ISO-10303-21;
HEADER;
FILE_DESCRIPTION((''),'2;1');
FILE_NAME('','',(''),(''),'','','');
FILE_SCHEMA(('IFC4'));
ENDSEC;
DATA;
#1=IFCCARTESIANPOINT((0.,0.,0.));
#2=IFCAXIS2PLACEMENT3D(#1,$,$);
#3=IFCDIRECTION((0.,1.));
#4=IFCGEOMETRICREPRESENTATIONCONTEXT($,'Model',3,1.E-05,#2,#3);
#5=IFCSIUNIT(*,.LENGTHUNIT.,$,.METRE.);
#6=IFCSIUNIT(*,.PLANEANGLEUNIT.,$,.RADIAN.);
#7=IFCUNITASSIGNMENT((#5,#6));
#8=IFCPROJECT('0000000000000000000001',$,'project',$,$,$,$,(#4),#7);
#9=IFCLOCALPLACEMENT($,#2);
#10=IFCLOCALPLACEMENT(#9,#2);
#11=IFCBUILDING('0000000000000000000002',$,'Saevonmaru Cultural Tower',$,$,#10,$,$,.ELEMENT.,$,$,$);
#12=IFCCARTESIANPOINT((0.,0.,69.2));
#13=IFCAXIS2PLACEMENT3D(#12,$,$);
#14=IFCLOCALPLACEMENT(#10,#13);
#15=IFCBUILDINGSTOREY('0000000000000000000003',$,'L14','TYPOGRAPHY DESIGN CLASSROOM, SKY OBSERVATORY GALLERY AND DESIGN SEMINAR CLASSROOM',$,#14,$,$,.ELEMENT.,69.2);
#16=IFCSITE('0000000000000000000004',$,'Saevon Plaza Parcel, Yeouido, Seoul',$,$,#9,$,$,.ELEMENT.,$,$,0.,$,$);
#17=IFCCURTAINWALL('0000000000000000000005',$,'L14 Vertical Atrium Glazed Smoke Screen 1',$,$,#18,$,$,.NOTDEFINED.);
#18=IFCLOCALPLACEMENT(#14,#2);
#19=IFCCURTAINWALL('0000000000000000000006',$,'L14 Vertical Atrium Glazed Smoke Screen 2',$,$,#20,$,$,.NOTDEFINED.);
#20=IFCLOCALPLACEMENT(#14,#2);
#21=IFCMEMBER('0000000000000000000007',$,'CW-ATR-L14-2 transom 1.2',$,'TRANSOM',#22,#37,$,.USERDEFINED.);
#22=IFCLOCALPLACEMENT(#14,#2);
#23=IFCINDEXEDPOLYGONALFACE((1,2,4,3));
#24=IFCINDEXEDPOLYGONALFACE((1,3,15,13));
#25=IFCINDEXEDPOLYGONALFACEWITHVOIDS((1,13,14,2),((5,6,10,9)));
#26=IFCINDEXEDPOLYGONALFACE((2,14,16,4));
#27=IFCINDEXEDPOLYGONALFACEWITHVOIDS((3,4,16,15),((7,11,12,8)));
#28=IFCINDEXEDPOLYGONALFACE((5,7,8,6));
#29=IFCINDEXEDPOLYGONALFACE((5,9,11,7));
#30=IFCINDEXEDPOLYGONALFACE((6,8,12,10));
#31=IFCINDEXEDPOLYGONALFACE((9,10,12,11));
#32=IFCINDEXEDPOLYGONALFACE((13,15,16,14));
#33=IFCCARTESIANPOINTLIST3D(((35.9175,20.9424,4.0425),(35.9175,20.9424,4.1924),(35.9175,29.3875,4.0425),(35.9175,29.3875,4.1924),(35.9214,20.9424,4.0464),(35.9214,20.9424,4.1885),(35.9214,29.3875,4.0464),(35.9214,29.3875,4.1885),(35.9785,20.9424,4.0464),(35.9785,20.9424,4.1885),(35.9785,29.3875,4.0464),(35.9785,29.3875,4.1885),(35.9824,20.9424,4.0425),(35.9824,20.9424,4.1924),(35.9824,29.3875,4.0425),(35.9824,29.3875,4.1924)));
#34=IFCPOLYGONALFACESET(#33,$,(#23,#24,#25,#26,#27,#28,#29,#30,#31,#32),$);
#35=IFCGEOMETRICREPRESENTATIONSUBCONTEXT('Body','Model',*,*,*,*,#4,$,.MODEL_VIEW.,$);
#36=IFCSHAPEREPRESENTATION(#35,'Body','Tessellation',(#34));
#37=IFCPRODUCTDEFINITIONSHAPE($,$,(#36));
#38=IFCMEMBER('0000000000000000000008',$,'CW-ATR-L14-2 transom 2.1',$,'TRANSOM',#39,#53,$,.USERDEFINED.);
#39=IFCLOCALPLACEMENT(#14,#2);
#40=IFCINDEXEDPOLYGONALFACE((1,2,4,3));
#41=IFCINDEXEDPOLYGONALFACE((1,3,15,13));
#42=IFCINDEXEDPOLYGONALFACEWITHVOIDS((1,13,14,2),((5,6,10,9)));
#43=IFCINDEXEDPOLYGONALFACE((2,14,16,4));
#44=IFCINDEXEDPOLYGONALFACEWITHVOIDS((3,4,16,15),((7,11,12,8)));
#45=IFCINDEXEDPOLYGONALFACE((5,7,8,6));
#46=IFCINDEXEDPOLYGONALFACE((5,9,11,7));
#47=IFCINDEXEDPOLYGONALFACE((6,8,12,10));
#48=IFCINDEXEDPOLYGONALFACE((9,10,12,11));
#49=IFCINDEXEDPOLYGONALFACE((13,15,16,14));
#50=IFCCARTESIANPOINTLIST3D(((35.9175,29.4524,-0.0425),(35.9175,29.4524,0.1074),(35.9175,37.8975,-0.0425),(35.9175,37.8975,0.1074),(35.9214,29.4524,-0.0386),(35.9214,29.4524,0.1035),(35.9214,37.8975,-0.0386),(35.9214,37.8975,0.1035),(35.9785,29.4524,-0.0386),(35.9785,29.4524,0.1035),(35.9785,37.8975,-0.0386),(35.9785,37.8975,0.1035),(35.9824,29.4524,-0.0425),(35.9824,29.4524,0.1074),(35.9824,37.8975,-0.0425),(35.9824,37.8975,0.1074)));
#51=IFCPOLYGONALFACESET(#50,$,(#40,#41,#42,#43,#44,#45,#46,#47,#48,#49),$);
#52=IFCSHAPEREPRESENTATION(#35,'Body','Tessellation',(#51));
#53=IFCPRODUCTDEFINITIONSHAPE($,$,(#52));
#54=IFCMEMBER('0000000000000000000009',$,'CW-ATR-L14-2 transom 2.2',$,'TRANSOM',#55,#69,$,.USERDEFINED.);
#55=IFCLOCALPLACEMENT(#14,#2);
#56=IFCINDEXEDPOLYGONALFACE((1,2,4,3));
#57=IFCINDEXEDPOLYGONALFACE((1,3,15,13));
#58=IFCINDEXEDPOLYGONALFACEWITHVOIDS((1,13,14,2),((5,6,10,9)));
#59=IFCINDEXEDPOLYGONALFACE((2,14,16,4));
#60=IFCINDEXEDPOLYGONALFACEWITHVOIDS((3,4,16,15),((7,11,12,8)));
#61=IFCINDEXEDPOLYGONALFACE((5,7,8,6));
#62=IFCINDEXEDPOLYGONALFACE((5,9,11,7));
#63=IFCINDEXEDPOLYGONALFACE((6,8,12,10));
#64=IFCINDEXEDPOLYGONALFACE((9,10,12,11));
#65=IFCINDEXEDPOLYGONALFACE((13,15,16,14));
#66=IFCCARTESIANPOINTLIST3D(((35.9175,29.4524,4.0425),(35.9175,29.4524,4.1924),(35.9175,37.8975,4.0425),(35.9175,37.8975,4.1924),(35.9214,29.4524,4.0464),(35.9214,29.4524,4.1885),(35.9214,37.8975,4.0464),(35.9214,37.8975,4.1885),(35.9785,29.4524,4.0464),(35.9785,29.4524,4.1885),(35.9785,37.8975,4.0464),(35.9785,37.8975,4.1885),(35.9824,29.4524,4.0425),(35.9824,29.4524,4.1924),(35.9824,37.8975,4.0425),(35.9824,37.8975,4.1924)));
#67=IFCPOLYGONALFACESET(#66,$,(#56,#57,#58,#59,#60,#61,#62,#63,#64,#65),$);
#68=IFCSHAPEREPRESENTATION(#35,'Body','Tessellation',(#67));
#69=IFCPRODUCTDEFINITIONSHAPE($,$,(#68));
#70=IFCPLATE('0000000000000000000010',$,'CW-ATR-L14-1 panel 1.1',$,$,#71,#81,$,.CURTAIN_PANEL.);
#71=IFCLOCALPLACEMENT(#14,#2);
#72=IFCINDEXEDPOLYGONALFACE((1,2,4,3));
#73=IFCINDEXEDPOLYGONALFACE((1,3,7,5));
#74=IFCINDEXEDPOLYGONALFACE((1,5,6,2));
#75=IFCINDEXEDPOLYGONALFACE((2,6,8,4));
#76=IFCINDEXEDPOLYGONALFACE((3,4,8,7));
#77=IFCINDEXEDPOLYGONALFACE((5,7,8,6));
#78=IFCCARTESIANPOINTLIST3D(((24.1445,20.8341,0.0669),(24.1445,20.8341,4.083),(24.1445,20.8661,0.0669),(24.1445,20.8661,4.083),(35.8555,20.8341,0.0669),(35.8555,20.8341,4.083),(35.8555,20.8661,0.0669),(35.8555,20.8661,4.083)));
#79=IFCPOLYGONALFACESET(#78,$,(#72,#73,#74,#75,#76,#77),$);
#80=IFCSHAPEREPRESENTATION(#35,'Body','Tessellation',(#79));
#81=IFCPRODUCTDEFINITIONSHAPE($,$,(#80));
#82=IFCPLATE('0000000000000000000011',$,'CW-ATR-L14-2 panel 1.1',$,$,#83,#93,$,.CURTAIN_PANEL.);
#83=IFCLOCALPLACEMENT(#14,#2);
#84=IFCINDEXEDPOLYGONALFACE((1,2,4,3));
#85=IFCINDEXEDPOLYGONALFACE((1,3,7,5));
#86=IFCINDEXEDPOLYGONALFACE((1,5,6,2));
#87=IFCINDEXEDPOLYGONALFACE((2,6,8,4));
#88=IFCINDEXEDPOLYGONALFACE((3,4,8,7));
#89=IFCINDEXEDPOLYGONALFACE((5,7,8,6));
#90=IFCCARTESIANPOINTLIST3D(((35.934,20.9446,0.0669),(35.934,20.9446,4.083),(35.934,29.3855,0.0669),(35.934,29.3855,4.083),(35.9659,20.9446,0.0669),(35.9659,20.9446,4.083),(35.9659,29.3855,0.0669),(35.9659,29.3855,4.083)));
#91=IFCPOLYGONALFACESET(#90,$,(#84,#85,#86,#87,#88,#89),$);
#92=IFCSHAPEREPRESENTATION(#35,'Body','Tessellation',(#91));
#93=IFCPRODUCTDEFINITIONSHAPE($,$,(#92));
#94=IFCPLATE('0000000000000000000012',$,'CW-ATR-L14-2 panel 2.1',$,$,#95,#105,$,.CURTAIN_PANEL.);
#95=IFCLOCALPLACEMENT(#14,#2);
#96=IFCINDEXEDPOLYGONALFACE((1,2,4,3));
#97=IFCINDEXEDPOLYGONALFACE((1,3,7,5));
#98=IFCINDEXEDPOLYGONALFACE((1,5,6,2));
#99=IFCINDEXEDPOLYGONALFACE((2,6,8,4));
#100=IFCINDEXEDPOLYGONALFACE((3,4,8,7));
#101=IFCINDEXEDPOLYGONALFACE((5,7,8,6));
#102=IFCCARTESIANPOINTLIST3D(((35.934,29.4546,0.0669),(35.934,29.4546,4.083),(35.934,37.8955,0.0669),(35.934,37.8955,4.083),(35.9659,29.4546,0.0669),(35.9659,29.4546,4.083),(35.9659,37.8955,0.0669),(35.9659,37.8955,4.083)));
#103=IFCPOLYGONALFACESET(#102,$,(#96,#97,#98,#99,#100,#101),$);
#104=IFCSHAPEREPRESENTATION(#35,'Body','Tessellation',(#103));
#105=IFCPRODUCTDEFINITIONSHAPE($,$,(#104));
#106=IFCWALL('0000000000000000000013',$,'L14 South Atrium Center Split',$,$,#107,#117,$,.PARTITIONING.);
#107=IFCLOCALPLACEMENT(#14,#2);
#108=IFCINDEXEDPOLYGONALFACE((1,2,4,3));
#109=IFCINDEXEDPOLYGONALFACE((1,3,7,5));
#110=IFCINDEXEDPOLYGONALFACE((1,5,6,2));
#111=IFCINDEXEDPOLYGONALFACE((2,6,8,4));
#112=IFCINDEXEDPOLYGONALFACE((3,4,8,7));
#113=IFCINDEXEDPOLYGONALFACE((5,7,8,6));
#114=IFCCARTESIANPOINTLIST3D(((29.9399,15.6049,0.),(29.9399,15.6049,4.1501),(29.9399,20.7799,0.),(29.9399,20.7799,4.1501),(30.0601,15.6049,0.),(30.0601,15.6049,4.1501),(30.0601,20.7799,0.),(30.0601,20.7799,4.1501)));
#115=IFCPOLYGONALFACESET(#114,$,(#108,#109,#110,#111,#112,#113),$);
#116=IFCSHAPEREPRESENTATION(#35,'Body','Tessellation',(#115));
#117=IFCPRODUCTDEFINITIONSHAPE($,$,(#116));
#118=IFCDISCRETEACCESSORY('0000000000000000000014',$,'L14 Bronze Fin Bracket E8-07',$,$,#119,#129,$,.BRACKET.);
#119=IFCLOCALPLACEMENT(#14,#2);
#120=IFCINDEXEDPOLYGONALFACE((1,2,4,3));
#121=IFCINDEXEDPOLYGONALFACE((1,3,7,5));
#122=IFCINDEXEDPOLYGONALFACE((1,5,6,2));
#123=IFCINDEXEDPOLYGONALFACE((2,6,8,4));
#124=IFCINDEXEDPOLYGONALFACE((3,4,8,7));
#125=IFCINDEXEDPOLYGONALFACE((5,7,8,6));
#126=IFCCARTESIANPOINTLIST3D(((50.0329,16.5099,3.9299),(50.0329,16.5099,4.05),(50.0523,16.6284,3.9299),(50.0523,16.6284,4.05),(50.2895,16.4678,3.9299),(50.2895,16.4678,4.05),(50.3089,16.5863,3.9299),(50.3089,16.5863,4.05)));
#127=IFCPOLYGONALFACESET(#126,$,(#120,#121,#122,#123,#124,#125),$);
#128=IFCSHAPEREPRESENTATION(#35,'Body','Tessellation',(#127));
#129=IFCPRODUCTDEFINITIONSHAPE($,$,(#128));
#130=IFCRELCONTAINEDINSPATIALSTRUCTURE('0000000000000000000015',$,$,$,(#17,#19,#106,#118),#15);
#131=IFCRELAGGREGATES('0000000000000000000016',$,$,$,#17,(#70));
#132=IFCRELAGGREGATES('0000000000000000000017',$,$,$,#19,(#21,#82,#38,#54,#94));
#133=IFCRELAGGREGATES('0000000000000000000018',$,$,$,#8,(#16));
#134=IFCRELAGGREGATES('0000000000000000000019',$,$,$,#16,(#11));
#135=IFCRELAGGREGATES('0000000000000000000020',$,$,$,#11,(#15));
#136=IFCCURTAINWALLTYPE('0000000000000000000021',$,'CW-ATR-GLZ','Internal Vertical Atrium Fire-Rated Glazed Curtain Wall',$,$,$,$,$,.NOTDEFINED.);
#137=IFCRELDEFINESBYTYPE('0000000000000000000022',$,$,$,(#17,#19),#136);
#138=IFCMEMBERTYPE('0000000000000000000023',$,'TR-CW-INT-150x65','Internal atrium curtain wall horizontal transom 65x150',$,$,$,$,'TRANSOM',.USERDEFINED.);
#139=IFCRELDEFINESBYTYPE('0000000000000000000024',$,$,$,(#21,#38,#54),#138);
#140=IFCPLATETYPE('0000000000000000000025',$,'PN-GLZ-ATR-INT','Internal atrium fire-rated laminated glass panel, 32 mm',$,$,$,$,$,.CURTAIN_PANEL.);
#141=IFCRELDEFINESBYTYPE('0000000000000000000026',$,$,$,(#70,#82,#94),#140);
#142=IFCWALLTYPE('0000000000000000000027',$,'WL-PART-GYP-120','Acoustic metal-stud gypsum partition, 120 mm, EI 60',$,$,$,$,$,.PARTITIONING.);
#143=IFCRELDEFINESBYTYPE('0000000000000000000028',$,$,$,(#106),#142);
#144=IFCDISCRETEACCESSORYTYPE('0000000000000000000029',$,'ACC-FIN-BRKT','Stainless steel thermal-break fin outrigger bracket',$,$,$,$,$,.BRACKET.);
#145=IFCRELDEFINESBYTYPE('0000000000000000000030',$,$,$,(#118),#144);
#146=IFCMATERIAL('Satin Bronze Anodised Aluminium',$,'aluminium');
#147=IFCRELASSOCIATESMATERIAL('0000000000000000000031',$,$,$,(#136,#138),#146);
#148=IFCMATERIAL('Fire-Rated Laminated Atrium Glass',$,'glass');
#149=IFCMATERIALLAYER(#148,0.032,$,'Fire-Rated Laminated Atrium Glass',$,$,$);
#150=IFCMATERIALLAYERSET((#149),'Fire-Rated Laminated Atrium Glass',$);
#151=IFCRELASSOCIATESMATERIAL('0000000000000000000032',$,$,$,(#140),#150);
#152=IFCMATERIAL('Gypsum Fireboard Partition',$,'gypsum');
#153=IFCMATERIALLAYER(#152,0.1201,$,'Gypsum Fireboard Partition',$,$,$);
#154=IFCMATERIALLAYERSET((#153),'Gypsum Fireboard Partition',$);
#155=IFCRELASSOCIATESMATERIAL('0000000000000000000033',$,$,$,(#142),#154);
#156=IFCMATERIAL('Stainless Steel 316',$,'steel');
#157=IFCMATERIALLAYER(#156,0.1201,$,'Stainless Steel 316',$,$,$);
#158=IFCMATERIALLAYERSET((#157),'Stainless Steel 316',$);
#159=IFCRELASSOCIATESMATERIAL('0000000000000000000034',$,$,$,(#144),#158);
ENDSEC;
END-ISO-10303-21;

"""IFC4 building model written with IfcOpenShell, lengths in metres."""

from ifc_helpers import new_model, si_unit, direction, frame, frame_2d, origin, origin_2d, place, context, subcontext, project, spatial, rectangle, hollow_rectangle, extrude, material, layer, layer_set, material_profile, profile_set, type_object, element, aggregate, save


model = new_model("IFC4")

# Units and contexts
model_context = context("Model", 3, precision=1e-05, world=origin(), true_north=direction((0.0, 1.0)))
body_context = subcontext(model_context, "Body", "Model", "MODEL_VIEW")
ifc_project = project(units=[si_unit("LENGTHUNIT", "METRE"), si_unit("PLANEANGLEUNIT", "RADIAN")], contexts=[model_context])

# Site, building, storey
site_placement = place(None, origin())
site = spatial("IfcSite", under=ifc_project, at=site_placement, Name="Saevon Plaza Parcel, Yeouido, Seoul", CompositionType="ELEMENT", RefElevation=0.0)
building_placement = place(site_placement, origin())
building = spatial("IfcBuilding", under=site, at=building_placement, Name="Saevonmaru Cultural Tower", CompositionType="ELEMENT")
storey_placement = place(building_placement, frame((0.0, 0.0, 69.2)))
storey = spatial("IfcBuildingStorey", under=building, at=storey_placement, Name="L14", Description="TYPOGRAPHY DESIGN CLASSROOM, SKY OBSERVATORY GALLERY AND DESIGN SEMINAR CLASSROOM", CompositionType="ELEMENT", Elevation=69.2)

# Curtain wall
ifc_material_1 = material(Name="Satin Bronze Anodised Aluminium", Category="aluminium")
curtain_wall_type_1 = type_object("IfcCurtainWallType", Name="CW-ATR-GLZ", Description="Internal Vertical Atrium Fire-Rated Glazed Curtain Wall", PredefinedType="NOTDEFINED", material=ifc_material_1)
curtain_wall_1_placement = place(storey_placement, origin())
curtain_wall_1 = element("IfcCurtainWall", 1, at=curtain_wall_1_placement, inside=storey, type_object=curtain_wall_type_1, Name="L14 Vertical Atrium Glazed Smoke Screen 1", PredefinedType="NOTDEFINED")

# Curtain wall
curtain_wall_2_placement = place(storey_placement, origin())
curtain_wall_2 = element("IfcCurtainWall", 2, at=curtain_wall_2_placement, inside=storey, type_object=curtain_wall_type_1, Name="L14 Vertical Atrium Glazed Smoke Screen 2", PredefinedType="NOTDEFINED")

# Members
ifc_material_profile_1 = material_profile(ifc_material_1, hollow_rectangle(XDim=0.0649, YDim=0.1499, WallThickness=0.0039, at=origin_2d()), Name="ALU-TRAN-150x65x4")
ifc_profile_set_1 = profile_set([ifc_material_profile_1], Name="Satin Bronze Anodised Aluminium")
member_type_1 = type_object("IfcMemberType", Name="TR-CW-INT-150x65", Description="Internal atrium curtain wall horizontal transom 65x150", ElementType="TRANSOM", PredefinedType="USERDEFINED", material=ifc_profile_set_1)
member_1_placement = place(storey_placement, frame((35.95, 20.9424, 4.1174), z_axis=(0.0, 1.0, 0.0), x_axis=(-1.0, 0.0, 0.0)))
member_1 = element("IfcMember", 3, at=member_1_placement, type_object=member_type_1, Name="CW-ATR-L14-2 transom 1.2", ObjectType="TRANSOM", PredefinedType="USERDEFINED", context=body_context, shape_type="SweptSolid", body=[
    extrude(hollow_rectangle(XDim=0.0649, YDim=0.1499, WallThickness=0.0039, at=origin_2d()), origin(), (0.0, 0.0, 1.0), 8.4451),
])
member_2_placement = place(storey_placement, frame((35.95, 29.4524, 0.0325), z_axis=(0.0, 1.0, 0.0), x_axis=(-1.0, 0.0, 0.0)))
member_2 = element("IfcMember", 4, at=member_2_placement, type_object=member_type_1, Name="CW-ATR-L14-2 transom 2.1", ObjectType="TRANSOM", PredefinedType="USERDEFINED", context=body_context, shape_type="SweptSolid", body=[
    extrude(hollow_rectangle(XDim=0.0649, YDim=0.1499, WallThickness=0.0039, at=origin_2d()), origin(), (0.0, 0.0, 1.0), 8.4451),
])
member_3_placement = place(storey_placement, frame((35.95, 29.4524, 4.1174), z_axis=(0.0, 1.0, 0.0), x_axis=(-1.0, 0.0, 0.0)))
member_3 = element("IfcMember", 5, at=member_3_placement, type_object=member_type_1, Name="CW-ATR-L14-2 transom 2.2", ObjectType="TRANSOM", PredefinedType="USERDEFINED", context=body_context, shape_type="SweptSolid", body=[
    extrude(hollow_rectangle(XDim=0.0649, YDim=0.1499, WallThickness=0.0039, at=origin_2d()), origin(), (0.0, 0.0, 1.0), 8.4451),
])

# Plates
ifc_material_2 = material(Name="Fire-Rated Laminated Atrium Glass", Category="glass")
ifc_layer_1 = layer(ifc_material_2, 0.032, Name="Fire-Rated Laminated Atrium Glass")
ifc_layer_set_1 = layer_set([ifc_layer_1], Name="Fire-Rated Laminated Atrium Glass")
plate_type = type_object("IfcPlateType", Name="PN-GLZ-ATR-INT", Description="Internal atrium fire-rated laminated glass panel, 32 mm", PredefinedType="CURTAIN_PANEL", material=ifc_layer_set_1)
plate_1_placement = place(storey_placement, frame((30.0, 20.8501, 0.0669), z_axis=(0.0, 0.0, 1.0), x_axis=(1.0, 0.0, 0.0)))
plate_1 = element("IfcPlate", 6, at=plate_1_placement, type_object=plate_type, Name="CW-ATR-L14-1 panel 1.1", PredefinedType="CURTAIN_PANEL", context=body_context, shape_type="SweptSolid", body=[
    extrude(rectangle(XDim=11.7109, YDim=0.032, at=origin_2d()), origin(), (0.0, 0.0, 1.0), 4.0161),
])
aggregate(curtain_wall_1, [plate_1])
plate_2_placement = place(storey_placement, frame((35.95, 25.165, 0.0669), z_axis=(0.0, 0.0, 1.0), x_axis=(0.0, 1.0, 0.0)))
plate_2 = element("IfcPlate", 7, at=plate_2_placement, type_object=plate_type, Name="CW-ATR-L14-2 panel 1.1", PredefinedType="CURTAIN_PANEL", context=body_context, shape_type="SweptSolid", body=[
    extrude(rectangle(XDim=8.4409, YDim=0.032, at=origin_2d()), origin(), (0.0, 0.0, 1.0), 4.0161),
])
plate_3_placement = place(storey_placement, frame((35.95, 33.675, 0.0669), z_axis=(0.0, 0.0, 1.0), x_axis=(0.0, 1.0, 0.0)))
plate_3 = element("IfcPlate", 8, at=plate_3_placement, type_object=plate_type, Name="CW-ATR-L14-2 panel 2.1", PredefinedType="CURTAIN_PANEL", context=body_context, shape_type="SweptSolid", body=[
    extrude(rectangle(XDim=8.4409, YDim=0.032, at=origin_2d()), origin(), (0.0, 0.0, 1.0), 4.0161),
])
aggregate(curtain_wall_2, [member_1, plate_2, member_2, member_3, plate_3])

# Wall
ifc_material_3 = material(Name="Gypsum Fireboard Partition", Category="gypsum")
ifc_layer_2 = layer(ifc_material_3, 0.1201, Name="Gypsum Fireboard Partition")
ifc_layer_set_2 = layer_set([ifc_layer_2], Name="Gypsum Fireboard Partition")
wall_type = type_object("IfcWallType", Name="WL-PART-GYP-120", Description="Acoustic metal-stud gypsum partition, 120 mm, EI 60", PredefinedType="PARTITIONING", material=ifc_layer_set_2)
wall_placement = place(storey_placement, frame((30.0, 15.605, 0.0), z_axis=(0.0, 0.0, 1.0), x_axis=(0.0, 1.0, 0.0)))
element("IfcWall", 9, at=wall_placement, inside=storey, type_object=wall_type, Name="L14 South Atrium Center Split", PredefinedType="PARTITIONING", context=body_context, shape_type="SweptSolid", body=[
    extrude(rectangle(XDim=5.175, YDim=0.1201, at=frame_2d((2.5874, 0.0))), origin(), (0.0, 0.0, 1.0), 4.1501),
])

# Discrete accessory
ifc_material_4 = material(Name="Stainless Steel 316", Category="steel")
ifc_layer_3 = layer(ifc_material_4, 0.1201, Name="Stainless Steel 316")
ifc_layer_set_3 = layer_set([ifc_layer_3], Name="Stainless Steel 316")
discrete_accessory_type = type_object("IfcDiscreteAccessoryType", Name="ACC-FIN-BRKT", Description="Stainless steel thermal-break fin outrigger bracket", PredefinedType="BRACKET", material=ifc_layer_set_3)
discrete_accessory_placement = place(storey_placement, frame((50.1709, 16.5481, 3.9299), z_axis=(0.0, 0.0, 1.0), x_axis=(0.986827, -0.161776, 0.0)))
element("IfcDiscreteAccessory", 10, at=discrete_accessory_placement, inside=storey, type_object=discrete_accessory_type, Name="L14 Bronze Fin Bracket E8-07", PredefinedType="BRACKET", context=body_context, shape_type="SweptSolid", body=[
    extrude(rectangle(XDim=0.26, YDim=0.1201, at=origin_2d()), origin(), (0.0, 0.0, 1.0), 0.1201),
])

save(model, "model.ifc")
